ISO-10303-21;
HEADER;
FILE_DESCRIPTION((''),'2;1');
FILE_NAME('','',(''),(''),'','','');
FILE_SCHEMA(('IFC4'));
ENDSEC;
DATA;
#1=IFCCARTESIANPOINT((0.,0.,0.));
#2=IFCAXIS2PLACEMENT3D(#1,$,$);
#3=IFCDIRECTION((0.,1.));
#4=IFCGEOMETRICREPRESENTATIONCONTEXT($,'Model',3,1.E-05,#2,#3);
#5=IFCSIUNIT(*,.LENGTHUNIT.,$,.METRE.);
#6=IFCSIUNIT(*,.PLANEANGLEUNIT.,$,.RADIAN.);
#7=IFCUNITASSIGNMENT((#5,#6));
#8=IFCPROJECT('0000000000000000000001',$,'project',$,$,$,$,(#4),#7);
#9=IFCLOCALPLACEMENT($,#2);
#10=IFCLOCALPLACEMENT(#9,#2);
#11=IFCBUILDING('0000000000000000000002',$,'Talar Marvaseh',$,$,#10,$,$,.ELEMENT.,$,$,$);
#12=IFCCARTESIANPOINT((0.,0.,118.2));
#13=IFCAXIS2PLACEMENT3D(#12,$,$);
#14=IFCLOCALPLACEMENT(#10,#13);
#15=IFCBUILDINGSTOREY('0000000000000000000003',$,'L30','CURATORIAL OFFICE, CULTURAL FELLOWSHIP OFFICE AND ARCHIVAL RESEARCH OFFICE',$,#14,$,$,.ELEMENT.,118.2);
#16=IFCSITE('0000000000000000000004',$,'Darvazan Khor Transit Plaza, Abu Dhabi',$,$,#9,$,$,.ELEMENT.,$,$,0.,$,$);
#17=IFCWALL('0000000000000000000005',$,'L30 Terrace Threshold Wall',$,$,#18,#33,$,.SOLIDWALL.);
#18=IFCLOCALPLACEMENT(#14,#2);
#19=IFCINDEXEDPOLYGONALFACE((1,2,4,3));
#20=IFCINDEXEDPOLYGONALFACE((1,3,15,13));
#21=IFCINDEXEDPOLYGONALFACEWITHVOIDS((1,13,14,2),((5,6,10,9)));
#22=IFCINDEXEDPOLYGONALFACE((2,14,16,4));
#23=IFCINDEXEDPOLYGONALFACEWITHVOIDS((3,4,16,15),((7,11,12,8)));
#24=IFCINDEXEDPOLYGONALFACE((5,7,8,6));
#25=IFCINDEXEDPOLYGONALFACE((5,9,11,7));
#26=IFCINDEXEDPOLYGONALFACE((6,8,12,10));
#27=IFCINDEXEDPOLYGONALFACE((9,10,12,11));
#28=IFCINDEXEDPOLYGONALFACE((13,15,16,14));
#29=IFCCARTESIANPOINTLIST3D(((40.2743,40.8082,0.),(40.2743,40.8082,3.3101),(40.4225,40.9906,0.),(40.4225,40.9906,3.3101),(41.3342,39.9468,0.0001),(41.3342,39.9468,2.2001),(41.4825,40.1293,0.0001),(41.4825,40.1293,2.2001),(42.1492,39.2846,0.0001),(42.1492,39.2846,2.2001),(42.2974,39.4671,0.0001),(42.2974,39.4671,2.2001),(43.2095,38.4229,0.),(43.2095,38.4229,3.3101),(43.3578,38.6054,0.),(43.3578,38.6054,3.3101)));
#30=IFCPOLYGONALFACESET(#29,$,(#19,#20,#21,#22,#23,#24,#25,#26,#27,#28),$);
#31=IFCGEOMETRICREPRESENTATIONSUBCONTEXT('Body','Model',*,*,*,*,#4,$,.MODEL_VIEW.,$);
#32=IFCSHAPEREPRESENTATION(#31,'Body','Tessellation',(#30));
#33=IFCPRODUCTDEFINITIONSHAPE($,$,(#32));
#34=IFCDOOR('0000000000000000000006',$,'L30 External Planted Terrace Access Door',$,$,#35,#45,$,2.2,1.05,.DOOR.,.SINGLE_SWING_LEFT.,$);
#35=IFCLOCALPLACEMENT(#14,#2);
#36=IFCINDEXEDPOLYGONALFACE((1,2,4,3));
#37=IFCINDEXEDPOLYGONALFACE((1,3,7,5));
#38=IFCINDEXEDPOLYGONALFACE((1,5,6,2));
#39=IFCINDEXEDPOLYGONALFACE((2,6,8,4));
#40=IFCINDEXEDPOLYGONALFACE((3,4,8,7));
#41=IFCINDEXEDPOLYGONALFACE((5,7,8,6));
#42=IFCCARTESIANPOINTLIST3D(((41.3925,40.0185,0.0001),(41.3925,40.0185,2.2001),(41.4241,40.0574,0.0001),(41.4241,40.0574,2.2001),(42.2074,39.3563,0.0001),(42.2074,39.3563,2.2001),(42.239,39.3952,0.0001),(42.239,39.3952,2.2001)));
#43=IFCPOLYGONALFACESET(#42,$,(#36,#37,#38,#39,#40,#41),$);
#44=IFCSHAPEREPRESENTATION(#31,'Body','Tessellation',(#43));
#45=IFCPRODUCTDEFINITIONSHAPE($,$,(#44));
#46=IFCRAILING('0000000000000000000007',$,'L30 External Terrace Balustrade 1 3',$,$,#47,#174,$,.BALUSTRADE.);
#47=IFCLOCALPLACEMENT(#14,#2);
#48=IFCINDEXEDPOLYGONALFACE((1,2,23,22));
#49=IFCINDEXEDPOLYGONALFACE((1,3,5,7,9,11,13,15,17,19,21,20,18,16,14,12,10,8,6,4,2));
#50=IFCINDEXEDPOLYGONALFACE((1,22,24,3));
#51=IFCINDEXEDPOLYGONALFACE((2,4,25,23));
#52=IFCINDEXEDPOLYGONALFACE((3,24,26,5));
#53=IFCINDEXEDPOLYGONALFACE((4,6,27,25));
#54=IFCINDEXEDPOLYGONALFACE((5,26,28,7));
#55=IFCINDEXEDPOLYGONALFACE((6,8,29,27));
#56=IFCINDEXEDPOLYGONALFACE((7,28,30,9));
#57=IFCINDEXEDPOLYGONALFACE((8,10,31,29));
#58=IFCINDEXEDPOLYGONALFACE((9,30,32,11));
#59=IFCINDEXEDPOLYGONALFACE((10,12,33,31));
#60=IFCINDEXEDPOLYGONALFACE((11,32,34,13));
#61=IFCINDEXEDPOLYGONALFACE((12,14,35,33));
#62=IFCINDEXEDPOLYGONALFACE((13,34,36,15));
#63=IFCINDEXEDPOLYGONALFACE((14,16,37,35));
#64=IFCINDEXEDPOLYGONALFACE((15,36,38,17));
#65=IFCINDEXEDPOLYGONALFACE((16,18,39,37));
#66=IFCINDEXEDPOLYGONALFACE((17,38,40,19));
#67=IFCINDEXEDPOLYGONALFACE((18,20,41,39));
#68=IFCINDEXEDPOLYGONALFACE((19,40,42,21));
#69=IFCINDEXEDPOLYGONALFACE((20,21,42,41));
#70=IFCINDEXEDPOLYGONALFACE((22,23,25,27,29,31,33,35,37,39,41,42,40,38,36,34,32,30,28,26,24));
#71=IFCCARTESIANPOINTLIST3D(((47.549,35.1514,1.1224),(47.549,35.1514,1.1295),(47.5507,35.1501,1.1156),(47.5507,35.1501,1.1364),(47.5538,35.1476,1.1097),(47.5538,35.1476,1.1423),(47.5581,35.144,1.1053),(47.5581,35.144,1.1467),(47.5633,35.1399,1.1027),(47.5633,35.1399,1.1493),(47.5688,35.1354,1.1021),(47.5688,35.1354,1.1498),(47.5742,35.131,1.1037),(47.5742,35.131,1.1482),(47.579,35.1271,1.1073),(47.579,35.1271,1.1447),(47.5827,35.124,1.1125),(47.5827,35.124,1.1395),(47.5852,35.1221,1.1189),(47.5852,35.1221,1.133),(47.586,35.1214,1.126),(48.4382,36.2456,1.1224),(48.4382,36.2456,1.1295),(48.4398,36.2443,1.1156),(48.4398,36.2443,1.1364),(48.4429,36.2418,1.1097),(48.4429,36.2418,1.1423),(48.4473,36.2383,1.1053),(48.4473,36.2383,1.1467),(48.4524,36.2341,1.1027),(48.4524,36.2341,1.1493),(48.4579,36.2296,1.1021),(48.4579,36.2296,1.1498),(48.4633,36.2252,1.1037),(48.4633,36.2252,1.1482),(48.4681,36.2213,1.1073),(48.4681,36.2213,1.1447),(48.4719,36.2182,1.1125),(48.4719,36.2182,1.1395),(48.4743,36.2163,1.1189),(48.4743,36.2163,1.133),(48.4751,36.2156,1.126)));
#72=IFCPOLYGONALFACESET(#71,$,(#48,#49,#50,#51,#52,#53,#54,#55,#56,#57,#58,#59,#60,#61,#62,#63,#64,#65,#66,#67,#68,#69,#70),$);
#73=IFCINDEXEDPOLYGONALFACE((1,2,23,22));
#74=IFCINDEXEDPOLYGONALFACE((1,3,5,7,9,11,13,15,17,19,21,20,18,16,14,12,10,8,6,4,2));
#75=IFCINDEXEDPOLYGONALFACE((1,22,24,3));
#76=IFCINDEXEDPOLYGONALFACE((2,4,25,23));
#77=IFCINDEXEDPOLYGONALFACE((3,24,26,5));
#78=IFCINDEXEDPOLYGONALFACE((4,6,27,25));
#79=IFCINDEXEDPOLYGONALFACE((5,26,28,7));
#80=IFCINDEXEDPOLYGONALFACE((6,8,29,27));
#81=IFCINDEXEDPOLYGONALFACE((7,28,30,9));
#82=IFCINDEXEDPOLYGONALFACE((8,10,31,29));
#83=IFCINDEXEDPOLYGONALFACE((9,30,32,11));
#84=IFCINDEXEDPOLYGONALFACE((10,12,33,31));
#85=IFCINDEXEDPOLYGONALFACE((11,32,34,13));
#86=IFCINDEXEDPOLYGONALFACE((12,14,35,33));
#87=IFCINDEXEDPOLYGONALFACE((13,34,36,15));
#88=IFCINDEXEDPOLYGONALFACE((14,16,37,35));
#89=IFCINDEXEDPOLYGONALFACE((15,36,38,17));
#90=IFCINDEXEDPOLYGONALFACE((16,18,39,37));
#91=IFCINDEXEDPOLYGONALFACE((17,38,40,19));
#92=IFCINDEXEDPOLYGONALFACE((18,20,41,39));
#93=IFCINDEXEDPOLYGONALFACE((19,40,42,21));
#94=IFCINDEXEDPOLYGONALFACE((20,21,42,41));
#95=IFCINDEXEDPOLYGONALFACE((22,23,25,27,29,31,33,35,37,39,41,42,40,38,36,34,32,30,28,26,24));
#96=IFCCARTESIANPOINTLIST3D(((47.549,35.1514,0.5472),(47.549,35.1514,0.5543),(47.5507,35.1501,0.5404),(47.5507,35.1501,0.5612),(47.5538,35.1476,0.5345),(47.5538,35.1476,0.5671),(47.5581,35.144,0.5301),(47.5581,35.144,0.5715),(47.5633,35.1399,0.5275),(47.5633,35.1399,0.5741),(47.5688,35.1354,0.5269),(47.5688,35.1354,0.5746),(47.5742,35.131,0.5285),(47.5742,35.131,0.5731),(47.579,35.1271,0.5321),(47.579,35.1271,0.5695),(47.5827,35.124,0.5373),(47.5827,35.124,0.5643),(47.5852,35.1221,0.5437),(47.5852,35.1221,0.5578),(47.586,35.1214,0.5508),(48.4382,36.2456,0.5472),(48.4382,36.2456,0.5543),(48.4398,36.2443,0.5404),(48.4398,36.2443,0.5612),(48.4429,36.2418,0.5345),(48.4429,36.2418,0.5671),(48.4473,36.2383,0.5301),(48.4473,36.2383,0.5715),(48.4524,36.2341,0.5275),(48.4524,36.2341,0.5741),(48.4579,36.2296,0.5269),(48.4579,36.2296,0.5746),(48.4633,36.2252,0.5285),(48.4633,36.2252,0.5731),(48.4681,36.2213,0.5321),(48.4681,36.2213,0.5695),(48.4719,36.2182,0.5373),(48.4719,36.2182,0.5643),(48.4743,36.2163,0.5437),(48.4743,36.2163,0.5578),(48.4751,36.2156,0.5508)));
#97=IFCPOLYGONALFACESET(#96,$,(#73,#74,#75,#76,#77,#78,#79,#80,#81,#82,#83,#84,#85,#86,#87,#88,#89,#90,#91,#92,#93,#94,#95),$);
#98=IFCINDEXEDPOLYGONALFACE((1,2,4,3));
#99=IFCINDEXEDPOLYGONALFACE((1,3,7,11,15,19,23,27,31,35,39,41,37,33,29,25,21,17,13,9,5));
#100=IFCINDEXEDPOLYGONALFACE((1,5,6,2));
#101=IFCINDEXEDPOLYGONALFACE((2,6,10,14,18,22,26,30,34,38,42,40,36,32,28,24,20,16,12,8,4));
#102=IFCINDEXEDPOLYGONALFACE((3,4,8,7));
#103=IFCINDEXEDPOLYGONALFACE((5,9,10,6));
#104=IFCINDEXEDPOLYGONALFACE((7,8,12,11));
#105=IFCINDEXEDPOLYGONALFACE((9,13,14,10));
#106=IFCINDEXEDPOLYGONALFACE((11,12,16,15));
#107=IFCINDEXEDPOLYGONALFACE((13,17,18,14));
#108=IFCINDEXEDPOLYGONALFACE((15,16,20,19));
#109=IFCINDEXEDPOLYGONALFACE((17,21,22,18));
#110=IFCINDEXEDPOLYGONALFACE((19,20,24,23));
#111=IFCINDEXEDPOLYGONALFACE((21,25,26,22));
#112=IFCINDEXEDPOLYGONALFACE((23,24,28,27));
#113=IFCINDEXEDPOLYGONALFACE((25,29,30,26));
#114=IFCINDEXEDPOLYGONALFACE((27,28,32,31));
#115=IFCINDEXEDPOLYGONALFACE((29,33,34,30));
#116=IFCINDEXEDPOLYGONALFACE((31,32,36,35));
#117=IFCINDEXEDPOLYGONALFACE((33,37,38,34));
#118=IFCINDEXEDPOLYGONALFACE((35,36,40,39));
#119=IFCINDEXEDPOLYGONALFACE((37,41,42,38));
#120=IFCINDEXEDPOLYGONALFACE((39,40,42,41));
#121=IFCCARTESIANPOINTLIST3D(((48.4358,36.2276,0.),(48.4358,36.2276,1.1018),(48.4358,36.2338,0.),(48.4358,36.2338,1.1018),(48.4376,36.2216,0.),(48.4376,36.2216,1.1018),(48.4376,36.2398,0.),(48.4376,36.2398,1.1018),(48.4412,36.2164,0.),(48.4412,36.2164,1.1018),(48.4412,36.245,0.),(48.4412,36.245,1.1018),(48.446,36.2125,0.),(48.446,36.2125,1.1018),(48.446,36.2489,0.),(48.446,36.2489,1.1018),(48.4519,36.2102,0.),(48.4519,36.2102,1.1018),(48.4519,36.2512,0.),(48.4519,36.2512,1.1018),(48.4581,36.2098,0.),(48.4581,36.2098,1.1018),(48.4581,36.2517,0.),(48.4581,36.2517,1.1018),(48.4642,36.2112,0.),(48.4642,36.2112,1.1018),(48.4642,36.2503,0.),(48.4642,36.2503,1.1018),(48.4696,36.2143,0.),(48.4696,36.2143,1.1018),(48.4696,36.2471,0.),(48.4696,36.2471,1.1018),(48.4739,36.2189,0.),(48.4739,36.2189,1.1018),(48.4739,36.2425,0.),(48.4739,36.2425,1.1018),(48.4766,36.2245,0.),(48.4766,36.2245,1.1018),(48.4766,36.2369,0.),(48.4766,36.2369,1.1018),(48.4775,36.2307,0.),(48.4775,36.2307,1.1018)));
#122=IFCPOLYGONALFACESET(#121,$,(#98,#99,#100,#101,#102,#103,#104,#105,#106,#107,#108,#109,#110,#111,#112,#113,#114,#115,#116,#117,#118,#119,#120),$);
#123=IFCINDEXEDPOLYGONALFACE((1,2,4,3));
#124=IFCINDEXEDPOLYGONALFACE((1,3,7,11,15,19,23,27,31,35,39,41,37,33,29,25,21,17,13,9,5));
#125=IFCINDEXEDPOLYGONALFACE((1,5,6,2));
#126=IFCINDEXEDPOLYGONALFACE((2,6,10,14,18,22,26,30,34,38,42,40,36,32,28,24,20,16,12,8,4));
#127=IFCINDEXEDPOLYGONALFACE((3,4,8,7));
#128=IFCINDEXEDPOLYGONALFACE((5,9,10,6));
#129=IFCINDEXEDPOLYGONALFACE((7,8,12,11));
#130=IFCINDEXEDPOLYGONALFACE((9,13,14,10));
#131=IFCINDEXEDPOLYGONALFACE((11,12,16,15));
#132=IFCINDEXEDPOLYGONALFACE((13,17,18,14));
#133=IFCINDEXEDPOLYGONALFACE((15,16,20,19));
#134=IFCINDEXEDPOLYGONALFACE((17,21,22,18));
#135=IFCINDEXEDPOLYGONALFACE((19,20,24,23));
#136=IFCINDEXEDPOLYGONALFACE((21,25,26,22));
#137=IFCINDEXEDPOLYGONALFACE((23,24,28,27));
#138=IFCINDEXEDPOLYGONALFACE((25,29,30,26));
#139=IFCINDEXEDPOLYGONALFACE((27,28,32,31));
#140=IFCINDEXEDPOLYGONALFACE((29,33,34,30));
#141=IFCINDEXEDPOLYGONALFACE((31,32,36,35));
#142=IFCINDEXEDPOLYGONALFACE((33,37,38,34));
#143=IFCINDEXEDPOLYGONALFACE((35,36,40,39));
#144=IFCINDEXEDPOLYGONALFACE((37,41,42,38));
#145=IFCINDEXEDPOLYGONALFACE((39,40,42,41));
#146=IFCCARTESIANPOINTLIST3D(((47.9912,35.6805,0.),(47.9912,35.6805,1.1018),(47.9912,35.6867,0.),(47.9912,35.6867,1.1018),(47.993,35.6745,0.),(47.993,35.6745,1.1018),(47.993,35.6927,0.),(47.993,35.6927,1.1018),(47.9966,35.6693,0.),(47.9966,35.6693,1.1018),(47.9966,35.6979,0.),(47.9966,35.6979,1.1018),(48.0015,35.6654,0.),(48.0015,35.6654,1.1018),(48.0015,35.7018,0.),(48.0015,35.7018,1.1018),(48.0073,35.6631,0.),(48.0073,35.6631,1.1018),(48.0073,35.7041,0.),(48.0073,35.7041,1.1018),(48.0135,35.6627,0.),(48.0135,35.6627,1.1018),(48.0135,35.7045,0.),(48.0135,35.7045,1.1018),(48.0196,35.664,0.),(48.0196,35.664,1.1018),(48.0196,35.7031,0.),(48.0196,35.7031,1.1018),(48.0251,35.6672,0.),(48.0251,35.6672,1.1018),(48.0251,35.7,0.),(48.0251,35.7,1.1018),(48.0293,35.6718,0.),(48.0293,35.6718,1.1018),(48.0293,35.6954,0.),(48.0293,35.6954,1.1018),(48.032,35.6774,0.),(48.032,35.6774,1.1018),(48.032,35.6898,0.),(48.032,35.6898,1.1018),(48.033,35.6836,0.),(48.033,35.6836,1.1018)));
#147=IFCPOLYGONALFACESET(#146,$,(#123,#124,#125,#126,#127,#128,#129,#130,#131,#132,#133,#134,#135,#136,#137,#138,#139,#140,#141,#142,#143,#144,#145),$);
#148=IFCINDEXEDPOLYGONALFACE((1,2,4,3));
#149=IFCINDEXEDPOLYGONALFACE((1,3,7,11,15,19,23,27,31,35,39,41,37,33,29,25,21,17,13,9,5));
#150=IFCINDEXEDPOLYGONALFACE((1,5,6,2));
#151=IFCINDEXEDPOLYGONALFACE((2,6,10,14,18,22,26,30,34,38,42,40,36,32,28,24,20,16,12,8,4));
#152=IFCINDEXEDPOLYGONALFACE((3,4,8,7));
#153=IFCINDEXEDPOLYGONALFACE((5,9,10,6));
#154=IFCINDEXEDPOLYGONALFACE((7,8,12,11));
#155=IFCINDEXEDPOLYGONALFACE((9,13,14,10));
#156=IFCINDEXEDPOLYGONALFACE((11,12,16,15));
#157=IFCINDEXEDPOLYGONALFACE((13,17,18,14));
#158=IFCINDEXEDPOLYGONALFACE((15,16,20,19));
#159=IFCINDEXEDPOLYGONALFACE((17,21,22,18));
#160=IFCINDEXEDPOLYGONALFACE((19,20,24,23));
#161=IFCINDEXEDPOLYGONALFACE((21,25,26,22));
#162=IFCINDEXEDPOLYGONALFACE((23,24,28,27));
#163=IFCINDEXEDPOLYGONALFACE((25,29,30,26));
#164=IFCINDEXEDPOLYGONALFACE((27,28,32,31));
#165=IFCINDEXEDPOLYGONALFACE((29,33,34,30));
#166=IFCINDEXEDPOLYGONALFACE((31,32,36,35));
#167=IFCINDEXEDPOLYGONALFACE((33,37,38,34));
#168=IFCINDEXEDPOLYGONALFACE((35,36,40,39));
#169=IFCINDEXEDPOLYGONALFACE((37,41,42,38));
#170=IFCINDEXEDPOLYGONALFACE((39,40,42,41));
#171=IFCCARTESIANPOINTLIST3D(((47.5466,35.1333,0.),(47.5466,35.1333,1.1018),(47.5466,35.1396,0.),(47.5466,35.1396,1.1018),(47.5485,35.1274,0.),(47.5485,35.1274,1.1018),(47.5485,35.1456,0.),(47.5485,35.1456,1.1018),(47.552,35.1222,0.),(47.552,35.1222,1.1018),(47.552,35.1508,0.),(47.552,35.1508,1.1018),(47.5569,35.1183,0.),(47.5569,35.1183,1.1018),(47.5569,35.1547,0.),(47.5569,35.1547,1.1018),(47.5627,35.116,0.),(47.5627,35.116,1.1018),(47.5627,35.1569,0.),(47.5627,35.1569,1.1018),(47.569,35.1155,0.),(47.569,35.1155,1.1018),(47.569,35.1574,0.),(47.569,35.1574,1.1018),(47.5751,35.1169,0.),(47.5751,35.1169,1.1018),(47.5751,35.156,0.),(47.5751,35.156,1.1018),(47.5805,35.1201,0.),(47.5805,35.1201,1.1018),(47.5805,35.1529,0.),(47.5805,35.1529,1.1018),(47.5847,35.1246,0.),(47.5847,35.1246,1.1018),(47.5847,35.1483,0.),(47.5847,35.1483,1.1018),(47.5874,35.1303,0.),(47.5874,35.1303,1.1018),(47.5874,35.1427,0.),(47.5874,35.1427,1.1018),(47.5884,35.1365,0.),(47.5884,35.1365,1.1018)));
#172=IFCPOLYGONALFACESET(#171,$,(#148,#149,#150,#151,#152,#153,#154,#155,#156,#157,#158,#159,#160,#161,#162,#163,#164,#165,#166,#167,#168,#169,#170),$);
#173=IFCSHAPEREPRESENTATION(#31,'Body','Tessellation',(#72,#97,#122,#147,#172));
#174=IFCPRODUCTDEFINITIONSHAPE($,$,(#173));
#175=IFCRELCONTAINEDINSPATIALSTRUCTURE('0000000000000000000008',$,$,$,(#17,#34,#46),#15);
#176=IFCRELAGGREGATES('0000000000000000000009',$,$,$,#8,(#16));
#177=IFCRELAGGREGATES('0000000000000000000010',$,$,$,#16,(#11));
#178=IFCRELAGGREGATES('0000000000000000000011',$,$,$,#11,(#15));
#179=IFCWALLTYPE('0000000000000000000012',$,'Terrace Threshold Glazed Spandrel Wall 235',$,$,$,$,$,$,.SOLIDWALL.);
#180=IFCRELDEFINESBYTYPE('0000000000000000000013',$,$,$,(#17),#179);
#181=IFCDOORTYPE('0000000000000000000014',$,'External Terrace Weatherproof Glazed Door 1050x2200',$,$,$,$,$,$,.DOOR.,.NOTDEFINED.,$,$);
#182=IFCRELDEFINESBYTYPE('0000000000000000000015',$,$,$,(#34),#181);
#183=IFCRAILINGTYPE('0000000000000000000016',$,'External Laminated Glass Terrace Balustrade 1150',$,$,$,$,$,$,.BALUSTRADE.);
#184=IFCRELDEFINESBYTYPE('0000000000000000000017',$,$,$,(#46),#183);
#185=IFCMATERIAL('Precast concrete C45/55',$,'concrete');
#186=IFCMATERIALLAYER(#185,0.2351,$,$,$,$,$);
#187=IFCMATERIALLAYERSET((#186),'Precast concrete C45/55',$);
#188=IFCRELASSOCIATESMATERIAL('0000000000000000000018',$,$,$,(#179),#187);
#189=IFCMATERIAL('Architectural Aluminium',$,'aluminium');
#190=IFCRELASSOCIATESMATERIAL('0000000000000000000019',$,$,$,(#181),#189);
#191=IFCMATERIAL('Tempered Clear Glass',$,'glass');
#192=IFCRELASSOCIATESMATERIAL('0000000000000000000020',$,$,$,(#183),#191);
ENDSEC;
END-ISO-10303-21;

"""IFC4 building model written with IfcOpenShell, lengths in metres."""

from ifc_helpers import new_model, si_unit, direction, frame, frame_2d, origin, origin_2d, place, context, subcontext, project, spatial, rectangle, circle, extrude, source, transform, mapped, material, layer, layer_set, type_object, type_shapes, element, fill, save


model = new_model("IFC4")

# Units and contexts
model_context = context("Model", 3, precision=1e-05, world=origin(), true_north=direction((0.0, 1.0)))
body_context = subcontext(model_context, "Body", "Model", "MODEL_VIEW")
ifc_project = project(units=[si_unit("LENGTHUNIT", "METRE"), si_unit("PLANEANGLEUNIT", "RADIAN")], contexts=[model_context])

# Site, building, storey
site_placement = place(None, origin())
site = spatial("IfcSite", under=ifc_project, at=site_placement, Name="Darvazan Khor Transit Plaza, Abu Dhabi", CompositionType="ELEMENT", RefElevation=0.0)
building_placement = place(site_placement, origin())
building = spatial("IfcBuilding", under=site, at=building_placement, Name="Talar Marvaseh", CompositionType="ELEMENT")
storey_placement = place(building_placement, frame((0.0, 0.0, 118.2)))
storey = spatial("IfcBuildingStorey", under=building, at=storey_placement, Name="L30", Description="CURATORIAL OFFICE, CULTURAL FELLOWSHIP OFFICE AND ARCHIVAL RESEARCH OFFICE", CompositionType="ELEMENT", Elevation=118.2)

# Shared definitions
ifc_material_1 = material(Name="Architectural Aluminium", Category="aluminium")

# Shared definitions
ifc_material_2 = material(Name="Precast concrete C45/55", Category="concrete")

# Wall, opening, door
ifc_layer_1 = layer(ifc_material_2, 0.2351)
ifc_layer_set_1 = layer_set([ifc_layer_1], Name="Precast concrete C45/55")
wall_type_1 = type_object("IfcWallType", Name="Terrace Threshold Glazed Spandrel Wall 235", PredefinedType="SOLIDWALL", material=ifc_layer_set_1)
wall_1_placement = place(storey_placement, frame((40.3484, 40.8994, 0.0), z_axis=(0.0, 0.0, 1.0), x_axis=(0.776073, -0.630644, 0.0)))
wall_1 = element("IfcWall", 1, at=wall_1_placement, inside=storey, type_object=wall_type_1, Name="L30 Terrace Threshold Wall", PredefinedType="SOLIDWALL", context=body_context, shape_type="SweptSolid", body=[
    extrude(rectangle(XDim=3.7822, YDim=0.2351, at=frame_2d((1.8911, 0.0))), origin(), (0.0, 0.0, 1.0), 3.3101),
])
opening_1_placement = place(wall_1_placement, frame((1.366, 0.0, 0.0)))
opening_1 = element("IfcOpeningElement", 2, at=opening_1_placement, cuts=wall_1, PredefinedType="OPENING", context=body_context, shape_type="SweptSolid", body=[
    extrude(rectangle(XDim=1.05, YDim=2.2, at=frame_2d((0.5249, 1.1001))), frame((0.0, 0.1274, 0.0), z_axis=(0.0, -1.0, 0.0), x_axis=(1.0, 0.0, 0.0)), (0.0, 0.0, 1.0), 0.2551),
])
door_type = type_object("IfcDoorType", Name="External Terrace Weatherproof Glazed Door 1050x2200", OperationType="NOTDEFINED", PredefinedType="DOOR", material=ifc_material_1)
shared_shape_1 = source(origin(), body_context, "Body", "SweptSolid", [
    extrude(rectangle(XDim=1.05, YDim=2.2, at=frame_2d((0.5249, 1.1001))), frame((0.0, 0.0249, 0.0), z_axis=(0.0, -1.0, 0.0), x_axis=(1.0, 0.0, 0.0)), (0.0, 0.0, 1.0), 0.05),
])
type_shapes(door_type, [shared_shape_1])
door_placement = place(opening_1_placement, origin())
door = element("IfcDoor", 3, at=door_placement, inside=storey, type_object=door_type, Name="L30 External Planted Terrace Access Door", OperationType="SINGLE_SWING_LEFT", OverallHeight=2.2, OverallWidth=1.05, PredefinedType="DOOR", context=body_context, shape_type="MappedRepresentation", body=[
    mapped(shared_shape_1, transform((0.0, 0.0, 0.0), x_axis=(1.0, 0.0, 0.0), y_axis=(0.0, 1.0, 0.0), z_axis=(0.0, 0.0, 1.0), scale=1.0)),
])
fill(opening_1, door)

# Railing
ifc_material_3 = material(Name="Tempered Clear Glass", Category="glass")
railing_type = type_object("IfcRailingType", Name="External Laminated Glass Terrace Balustrade 1150", PredefinedType="BALUSTRADE", material=ifc_material_3)
railing_1_placement = place(storey_placement, frame((48.4565, 36.2307, 0.0)))
element("IfcRailing", 4, at=railing_1_placement, inside=storey, type_object=railing_type, Name="L30 External Terrace Balustrade 1 3", PredefinedType="BALUSTRADE", context=body_context, shape_type="SweptSolid", body=[
    extrude(circle(Radius=0.0239, at=origin_2d()), frame((0.0, 0.0, 1.126), z_axis=(-0.630632, -0.776082, 0.0), x_axis=(0.776082, -0.630632, 0.0)), (0.0, 0.0, 1.0), 1.4099),
    extrude(circle(Radius=0.0239, at=origin_2d()), frame((0.0, 0.0, 0.5508), z_axis=(-0.630632, -0.776082, 0.0), x_axis=(0.776082, -0.630632, 0.0)), (0.0, 0.0, 1.0), 1.4099),
    extrude(circle(Radius=0.021, at=origin_2d()), origin(), (0.0, 0.0, 1.0), 1.1018),
    extrude(circle(Radius=0.021, at=origin_2d()), frame((-0.4446, -0.5471, 0.0)), (0.0, 0.0, 1.0), 1.1018),
    extrude(circle(Radius=0.021, at=origin_2d()), frame((-0.8892, -1.0942, 0.0)), (0.0, 0.0, 1.0), 1.1018),
])

save(model, "model.ifc")
